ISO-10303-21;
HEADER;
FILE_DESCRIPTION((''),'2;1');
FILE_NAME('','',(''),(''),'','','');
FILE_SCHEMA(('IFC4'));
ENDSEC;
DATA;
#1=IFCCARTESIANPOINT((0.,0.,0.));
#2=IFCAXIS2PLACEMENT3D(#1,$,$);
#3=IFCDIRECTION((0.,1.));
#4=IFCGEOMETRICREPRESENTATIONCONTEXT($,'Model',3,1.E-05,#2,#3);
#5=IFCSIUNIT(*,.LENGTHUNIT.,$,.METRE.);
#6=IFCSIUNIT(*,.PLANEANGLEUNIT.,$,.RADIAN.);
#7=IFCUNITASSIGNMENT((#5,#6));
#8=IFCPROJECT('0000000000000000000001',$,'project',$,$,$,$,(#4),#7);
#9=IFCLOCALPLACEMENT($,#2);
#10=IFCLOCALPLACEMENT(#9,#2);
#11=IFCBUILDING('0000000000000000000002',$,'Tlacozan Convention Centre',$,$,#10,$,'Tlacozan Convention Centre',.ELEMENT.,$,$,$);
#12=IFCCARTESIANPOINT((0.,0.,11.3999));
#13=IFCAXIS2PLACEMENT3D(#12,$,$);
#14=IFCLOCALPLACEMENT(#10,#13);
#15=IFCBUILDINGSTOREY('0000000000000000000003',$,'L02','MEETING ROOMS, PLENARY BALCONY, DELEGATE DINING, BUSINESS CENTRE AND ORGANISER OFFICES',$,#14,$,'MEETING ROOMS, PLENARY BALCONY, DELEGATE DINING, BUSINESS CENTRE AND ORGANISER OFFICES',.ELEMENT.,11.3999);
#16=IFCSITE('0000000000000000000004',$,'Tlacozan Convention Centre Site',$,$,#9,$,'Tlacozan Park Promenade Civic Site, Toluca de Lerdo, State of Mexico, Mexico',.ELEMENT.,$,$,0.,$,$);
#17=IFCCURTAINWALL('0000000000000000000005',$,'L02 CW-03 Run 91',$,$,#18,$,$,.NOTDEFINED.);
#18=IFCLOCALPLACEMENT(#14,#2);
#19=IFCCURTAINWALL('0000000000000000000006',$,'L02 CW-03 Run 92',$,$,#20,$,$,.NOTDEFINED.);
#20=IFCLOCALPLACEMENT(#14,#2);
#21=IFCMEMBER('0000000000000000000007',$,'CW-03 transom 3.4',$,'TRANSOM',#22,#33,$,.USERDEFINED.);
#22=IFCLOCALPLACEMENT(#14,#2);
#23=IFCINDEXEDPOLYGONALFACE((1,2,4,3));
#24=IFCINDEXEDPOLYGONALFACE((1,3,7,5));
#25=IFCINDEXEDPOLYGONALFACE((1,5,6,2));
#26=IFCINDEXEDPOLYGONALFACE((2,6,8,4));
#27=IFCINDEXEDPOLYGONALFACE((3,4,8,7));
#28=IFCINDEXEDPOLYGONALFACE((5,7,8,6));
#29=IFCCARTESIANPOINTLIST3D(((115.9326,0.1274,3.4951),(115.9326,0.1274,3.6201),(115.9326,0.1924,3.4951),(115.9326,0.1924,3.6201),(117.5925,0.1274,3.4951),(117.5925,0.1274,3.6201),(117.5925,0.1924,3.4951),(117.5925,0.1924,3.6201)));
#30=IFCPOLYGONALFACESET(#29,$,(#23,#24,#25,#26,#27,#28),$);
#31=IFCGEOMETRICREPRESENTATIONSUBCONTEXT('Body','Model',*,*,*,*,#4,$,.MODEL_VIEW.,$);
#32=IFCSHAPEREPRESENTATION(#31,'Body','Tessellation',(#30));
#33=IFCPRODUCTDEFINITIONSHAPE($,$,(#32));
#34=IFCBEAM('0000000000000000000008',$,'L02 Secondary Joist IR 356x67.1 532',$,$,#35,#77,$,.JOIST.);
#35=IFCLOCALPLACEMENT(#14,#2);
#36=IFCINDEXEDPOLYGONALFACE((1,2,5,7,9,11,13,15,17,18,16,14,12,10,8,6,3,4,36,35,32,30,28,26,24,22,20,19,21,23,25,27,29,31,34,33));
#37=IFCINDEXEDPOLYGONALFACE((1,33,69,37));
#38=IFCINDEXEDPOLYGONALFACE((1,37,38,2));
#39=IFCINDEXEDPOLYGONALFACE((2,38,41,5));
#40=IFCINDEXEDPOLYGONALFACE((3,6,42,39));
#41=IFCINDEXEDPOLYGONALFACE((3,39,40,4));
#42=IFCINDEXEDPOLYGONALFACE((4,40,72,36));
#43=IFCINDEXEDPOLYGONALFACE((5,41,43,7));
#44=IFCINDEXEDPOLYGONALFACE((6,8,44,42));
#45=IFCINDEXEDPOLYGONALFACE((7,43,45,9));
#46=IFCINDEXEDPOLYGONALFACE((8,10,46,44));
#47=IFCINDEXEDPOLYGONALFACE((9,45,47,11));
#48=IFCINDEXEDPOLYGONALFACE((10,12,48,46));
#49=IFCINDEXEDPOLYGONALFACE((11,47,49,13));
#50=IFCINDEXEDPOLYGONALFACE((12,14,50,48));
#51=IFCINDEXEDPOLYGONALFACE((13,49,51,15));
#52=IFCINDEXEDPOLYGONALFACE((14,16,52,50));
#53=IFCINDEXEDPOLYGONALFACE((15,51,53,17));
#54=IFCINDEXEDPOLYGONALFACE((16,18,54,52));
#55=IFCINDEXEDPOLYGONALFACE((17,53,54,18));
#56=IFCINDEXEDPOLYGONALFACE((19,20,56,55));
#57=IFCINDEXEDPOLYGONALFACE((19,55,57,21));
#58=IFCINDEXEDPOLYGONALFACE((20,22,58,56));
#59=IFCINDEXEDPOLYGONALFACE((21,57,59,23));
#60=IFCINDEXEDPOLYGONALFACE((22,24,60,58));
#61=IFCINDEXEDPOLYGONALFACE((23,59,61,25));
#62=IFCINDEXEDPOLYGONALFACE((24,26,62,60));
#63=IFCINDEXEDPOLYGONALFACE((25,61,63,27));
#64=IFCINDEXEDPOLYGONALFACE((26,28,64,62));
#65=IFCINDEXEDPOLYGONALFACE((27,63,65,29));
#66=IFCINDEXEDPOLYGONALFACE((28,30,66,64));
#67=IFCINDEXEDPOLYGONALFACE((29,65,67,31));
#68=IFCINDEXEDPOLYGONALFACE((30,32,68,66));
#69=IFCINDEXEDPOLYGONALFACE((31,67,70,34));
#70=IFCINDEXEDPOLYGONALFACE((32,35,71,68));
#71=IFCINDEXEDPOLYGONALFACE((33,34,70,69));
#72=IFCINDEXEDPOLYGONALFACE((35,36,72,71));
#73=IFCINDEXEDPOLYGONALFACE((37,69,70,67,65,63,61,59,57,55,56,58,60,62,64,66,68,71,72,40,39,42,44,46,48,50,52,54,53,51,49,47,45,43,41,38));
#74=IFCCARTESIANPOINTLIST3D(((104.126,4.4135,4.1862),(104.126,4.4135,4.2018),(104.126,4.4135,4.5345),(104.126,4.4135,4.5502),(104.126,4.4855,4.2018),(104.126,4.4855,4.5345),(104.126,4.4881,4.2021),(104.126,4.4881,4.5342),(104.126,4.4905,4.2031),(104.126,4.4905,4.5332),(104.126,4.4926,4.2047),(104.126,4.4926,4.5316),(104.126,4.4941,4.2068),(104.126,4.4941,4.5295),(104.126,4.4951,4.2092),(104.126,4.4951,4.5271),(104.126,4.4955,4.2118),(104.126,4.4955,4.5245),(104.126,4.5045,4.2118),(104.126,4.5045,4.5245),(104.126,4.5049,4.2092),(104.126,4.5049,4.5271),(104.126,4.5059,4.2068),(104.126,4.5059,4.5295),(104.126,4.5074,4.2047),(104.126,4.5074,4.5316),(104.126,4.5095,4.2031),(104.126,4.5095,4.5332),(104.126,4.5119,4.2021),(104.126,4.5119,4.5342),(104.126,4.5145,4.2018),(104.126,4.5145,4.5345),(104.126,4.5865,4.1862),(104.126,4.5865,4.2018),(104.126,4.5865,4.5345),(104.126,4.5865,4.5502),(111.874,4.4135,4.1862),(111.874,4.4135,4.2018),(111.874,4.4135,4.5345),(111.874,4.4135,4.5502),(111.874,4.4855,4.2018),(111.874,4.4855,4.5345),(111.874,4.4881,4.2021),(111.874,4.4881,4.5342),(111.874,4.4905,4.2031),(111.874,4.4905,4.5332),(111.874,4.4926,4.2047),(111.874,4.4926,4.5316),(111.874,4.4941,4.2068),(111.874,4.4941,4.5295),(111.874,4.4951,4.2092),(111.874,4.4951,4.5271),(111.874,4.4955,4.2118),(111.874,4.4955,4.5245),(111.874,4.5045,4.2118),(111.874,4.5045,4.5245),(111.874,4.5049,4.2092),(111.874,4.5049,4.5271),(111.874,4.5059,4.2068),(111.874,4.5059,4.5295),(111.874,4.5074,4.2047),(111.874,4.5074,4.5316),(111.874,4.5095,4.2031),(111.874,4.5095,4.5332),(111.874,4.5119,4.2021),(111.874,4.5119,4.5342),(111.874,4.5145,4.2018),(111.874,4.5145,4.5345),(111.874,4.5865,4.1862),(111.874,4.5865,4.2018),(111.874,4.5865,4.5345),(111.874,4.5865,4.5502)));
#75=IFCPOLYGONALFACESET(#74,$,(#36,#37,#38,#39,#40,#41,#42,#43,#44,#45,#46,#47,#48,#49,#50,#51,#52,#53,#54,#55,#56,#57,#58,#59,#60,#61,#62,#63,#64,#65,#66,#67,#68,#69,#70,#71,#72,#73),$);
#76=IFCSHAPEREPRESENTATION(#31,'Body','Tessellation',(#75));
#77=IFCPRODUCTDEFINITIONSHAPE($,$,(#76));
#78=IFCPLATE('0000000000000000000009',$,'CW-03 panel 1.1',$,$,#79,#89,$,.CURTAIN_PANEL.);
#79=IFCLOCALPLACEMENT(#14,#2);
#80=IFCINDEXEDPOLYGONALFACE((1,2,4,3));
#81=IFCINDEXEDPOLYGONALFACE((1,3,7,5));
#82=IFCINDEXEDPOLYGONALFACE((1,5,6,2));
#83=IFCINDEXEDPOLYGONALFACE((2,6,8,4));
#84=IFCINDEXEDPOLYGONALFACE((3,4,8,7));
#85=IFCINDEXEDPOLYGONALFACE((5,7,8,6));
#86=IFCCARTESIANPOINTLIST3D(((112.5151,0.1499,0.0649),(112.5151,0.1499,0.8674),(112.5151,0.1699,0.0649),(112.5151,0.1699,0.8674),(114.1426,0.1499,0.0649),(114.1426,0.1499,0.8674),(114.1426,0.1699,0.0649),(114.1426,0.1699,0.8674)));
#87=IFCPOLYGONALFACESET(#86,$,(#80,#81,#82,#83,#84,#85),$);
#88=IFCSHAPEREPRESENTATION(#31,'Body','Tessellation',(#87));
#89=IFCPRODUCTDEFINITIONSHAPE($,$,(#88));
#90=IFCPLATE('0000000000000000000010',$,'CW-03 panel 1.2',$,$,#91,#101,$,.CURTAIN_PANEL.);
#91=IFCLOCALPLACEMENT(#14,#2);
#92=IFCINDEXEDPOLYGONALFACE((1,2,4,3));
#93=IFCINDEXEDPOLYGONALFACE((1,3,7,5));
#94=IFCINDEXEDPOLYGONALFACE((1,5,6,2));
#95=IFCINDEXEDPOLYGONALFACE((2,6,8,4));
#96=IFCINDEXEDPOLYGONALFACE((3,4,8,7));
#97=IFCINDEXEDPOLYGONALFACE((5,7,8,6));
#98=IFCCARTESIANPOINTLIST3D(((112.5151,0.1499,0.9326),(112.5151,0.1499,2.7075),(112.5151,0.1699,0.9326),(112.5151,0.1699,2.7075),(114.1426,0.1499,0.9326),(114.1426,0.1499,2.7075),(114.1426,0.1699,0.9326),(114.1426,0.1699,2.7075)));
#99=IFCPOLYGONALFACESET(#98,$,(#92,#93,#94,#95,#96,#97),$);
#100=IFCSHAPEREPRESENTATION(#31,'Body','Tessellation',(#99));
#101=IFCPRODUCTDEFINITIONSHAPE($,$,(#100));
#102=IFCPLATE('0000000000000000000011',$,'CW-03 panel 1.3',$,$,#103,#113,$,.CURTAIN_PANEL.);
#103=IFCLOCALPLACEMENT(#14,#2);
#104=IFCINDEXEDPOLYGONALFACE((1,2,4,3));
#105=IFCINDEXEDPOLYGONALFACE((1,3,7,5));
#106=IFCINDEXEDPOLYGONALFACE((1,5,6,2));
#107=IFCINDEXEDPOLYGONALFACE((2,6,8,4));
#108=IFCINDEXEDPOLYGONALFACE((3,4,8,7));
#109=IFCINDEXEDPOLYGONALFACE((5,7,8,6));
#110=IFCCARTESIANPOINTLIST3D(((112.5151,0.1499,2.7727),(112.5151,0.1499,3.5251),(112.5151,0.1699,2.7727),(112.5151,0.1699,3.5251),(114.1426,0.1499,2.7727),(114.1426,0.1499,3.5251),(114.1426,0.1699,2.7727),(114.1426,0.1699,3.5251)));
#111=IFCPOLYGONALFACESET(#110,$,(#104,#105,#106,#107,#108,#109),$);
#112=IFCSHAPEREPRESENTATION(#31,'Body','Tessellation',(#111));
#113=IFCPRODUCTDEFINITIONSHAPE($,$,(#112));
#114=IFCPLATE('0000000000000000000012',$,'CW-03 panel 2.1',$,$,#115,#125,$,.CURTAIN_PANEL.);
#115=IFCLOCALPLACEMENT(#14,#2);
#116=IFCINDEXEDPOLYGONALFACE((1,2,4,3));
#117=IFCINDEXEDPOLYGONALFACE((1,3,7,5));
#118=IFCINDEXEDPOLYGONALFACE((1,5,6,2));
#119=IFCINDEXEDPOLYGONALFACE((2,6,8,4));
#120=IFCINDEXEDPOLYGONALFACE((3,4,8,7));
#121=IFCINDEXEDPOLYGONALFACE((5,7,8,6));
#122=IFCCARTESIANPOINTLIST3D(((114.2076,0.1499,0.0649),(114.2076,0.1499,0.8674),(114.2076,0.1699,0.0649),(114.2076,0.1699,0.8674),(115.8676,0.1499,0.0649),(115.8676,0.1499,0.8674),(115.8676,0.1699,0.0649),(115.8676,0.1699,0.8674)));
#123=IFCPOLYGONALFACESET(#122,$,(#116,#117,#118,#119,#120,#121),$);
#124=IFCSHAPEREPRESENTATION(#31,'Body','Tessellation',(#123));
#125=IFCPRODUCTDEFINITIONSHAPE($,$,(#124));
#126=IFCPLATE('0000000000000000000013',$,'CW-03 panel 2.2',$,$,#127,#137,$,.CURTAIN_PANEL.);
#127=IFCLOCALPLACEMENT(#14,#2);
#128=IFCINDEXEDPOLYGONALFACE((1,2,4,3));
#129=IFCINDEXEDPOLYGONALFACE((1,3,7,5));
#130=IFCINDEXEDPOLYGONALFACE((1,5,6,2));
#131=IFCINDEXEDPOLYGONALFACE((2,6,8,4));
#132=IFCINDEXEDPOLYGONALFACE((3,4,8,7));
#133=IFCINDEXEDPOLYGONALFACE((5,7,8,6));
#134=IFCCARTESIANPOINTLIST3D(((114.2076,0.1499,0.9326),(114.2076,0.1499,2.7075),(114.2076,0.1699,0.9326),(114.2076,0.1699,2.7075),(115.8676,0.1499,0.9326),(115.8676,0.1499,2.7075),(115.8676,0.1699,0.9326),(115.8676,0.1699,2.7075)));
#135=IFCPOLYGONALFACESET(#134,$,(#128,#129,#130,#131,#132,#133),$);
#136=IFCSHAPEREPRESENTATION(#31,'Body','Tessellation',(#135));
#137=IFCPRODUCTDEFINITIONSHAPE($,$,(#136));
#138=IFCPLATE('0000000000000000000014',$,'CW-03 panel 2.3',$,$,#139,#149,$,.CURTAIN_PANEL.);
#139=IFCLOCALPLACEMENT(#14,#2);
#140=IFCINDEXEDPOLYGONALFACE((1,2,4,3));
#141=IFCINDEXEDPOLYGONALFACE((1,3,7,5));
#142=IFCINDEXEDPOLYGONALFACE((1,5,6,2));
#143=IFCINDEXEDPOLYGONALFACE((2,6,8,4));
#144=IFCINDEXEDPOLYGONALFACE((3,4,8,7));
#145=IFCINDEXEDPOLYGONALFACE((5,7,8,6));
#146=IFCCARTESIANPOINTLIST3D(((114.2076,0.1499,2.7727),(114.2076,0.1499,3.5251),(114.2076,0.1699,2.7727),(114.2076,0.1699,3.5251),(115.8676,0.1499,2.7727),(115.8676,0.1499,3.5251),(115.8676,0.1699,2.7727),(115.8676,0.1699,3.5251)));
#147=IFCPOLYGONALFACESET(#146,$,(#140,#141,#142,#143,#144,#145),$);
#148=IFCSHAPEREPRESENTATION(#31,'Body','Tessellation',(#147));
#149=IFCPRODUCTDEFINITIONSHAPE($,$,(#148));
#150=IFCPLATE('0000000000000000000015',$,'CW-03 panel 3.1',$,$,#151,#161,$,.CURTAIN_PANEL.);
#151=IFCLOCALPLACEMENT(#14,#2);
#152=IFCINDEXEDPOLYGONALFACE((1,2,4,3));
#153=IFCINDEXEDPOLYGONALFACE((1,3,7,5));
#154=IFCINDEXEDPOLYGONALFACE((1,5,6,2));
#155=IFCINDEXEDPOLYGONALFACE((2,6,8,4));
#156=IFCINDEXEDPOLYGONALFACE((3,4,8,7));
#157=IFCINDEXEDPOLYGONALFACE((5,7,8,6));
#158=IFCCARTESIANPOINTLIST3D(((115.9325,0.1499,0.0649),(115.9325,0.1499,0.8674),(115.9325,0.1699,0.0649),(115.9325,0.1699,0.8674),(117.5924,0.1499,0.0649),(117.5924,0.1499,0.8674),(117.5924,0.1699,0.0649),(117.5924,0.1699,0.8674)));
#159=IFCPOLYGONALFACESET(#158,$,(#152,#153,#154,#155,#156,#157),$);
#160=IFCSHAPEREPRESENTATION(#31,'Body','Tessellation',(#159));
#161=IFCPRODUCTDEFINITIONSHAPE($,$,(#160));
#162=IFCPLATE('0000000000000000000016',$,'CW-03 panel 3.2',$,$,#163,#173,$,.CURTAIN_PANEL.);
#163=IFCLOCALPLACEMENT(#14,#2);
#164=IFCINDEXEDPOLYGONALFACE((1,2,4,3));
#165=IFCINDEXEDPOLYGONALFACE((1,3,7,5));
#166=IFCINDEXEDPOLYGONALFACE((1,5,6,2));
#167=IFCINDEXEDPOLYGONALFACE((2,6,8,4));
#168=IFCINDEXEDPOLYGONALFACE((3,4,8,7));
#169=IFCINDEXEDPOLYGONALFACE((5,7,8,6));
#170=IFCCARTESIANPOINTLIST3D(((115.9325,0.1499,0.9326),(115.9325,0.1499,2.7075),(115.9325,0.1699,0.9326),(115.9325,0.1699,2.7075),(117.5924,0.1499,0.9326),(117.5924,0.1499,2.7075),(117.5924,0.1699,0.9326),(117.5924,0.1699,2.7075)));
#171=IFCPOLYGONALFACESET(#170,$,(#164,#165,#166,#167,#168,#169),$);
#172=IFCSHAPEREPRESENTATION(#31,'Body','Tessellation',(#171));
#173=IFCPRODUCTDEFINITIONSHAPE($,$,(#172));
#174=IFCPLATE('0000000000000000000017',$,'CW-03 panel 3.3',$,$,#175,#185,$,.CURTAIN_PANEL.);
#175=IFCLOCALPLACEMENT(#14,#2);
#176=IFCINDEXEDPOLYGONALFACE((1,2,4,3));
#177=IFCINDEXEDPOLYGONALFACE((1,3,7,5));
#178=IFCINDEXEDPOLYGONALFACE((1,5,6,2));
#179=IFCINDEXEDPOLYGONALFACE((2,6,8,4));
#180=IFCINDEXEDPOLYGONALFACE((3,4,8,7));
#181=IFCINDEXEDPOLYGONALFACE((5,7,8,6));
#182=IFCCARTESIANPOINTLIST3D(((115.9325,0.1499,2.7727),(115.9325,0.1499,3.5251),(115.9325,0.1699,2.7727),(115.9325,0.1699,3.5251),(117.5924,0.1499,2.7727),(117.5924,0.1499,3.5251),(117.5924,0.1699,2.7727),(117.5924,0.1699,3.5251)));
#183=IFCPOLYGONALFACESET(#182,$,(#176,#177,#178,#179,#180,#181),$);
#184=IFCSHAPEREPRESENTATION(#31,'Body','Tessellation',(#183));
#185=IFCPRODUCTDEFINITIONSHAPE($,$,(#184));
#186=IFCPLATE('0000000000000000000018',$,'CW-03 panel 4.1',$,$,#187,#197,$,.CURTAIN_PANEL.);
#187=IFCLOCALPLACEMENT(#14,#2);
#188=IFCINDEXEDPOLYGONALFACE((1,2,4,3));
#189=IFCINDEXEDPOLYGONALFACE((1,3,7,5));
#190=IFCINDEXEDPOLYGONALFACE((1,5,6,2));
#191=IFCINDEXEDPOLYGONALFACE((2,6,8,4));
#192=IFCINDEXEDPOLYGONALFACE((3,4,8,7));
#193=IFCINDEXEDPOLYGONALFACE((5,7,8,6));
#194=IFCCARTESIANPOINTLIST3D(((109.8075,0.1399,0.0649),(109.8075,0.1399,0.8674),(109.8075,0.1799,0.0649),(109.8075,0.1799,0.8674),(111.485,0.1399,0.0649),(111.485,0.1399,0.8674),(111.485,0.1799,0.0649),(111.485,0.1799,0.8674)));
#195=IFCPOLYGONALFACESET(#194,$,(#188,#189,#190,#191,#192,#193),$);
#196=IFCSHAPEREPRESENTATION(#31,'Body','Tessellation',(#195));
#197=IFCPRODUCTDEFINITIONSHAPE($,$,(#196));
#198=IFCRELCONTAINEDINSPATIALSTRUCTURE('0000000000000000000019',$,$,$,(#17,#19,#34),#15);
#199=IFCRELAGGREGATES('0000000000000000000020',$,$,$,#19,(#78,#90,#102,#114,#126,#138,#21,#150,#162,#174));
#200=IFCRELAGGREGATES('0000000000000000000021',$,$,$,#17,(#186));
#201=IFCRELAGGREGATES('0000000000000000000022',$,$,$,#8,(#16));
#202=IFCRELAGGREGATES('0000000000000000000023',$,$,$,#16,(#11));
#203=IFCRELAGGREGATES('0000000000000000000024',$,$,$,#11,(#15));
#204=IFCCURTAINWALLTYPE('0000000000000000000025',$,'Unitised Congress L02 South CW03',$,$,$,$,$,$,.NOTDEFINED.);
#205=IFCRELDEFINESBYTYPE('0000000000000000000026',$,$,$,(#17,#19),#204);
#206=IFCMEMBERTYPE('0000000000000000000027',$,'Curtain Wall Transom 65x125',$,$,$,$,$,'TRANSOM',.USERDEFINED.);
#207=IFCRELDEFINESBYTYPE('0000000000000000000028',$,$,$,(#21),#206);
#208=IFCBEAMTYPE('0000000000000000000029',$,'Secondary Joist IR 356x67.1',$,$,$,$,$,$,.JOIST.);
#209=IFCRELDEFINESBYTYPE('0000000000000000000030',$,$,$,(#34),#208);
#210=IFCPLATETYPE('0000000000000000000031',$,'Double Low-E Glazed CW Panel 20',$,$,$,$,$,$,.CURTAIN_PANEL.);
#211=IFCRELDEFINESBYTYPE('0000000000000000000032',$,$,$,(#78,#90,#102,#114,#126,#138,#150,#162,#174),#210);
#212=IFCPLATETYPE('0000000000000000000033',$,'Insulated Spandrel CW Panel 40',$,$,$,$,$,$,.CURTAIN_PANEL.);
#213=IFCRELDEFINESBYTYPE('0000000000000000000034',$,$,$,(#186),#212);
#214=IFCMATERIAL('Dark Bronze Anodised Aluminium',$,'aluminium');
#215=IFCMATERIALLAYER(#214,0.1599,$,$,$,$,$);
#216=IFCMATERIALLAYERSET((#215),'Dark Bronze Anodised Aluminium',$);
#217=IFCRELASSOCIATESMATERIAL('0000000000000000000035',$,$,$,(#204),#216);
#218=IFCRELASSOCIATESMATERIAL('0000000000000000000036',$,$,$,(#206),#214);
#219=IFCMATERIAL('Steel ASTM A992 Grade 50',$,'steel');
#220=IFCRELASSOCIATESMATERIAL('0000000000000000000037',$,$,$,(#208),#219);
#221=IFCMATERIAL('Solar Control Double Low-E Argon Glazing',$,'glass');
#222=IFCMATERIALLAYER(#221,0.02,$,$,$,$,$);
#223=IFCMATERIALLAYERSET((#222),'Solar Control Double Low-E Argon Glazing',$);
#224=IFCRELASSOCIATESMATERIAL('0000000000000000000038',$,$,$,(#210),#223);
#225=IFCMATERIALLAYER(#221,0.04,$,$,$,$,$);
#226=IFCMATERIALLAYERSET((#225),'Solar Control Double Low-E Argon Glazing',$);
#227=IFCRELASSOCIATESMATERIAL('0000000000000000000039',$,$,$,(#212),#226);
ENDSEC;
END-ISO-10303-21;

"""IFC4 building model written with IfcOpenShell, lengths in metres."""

from ifc_helpers import new_model, si_unit, direction, frame, origin, origin_2d, place, context, subcontext, project, spatial, rectangle, i_section, extrude, material, layer, layer_set, material_profile, profile_set, type_object, element, aggregate, save


model = new_model("IFC4")

# Units and contexts
model_context = context("Model", 3, precision=1e-05, world=origin(), true_north=direction((0.0, 1.0)))
body_context = subcontext(model_context, "Body", "Model", "MODEL_VIEW")
ifc_project = project(units=[si_unit("LENGTHUNIT", "METRE"), si_unit("PLANEANGLEUNIT", "RADIAN")], contexts=[model_context])

# Site, building, storey
site_placement = place(None, origin())
site = spatial("IfcSite", under=ifc_project, at=site_placement, Name="Tlacozan Convention Centre Site", LongName="Tlacozan Park Promenade Civic Site, Toluca de Lerdo, State of Mexico, Mexico", CompositionType="ELEMENT", RefElevation=0.0)
building_placement = place(site_placement, origin())
building = spatial("IfcBuilding", under=site, at=building_placement, Name="Tlacozan Convention Centre", LongName="Tlacozan Convention Centre", CompositionType="ELEMENT")
storey_placement = place(building_placement, frame((0.0, 0.0, 11.3999)))
storey = spatial("IfcBuildingStorey", under=building, at=storey_placement, Name="L02", Description="MEETING ROOMS, PLENARY BALCONY, DELEGATE DINING, BUSINESS CENTRE AND ORGANISER OFFICES", LongName="MEETING ROOMS, PLENARY BALCONY, DELEGATE DINING, BUSINESS CENTRE AND ORGANISER OFFICES", CompositionType="ELEMENT", Elevation=11.3999)

# Curtain wall
ifc_material_1 = material(Name="Dark Bronze Anodised Aluminium", Category="aluminium")
ifc_layer_1 = layer(ifc_material_1, 0.1599)
ifc_layer_set_1 = layer_set([ifc_layer_1], Name="Dark Bronze Anodised Aluminium")
curtain_wall_type = type_object("IfcCurtainWallType", Name="Unitised Congress L02 South CW03", PredefinedType="NOTDEFINED", material=ifc_layer_set_1)
curtain_wall_1_placement = place(storey_placement, origin())
curtain_wall_1 = element("IfcCurtainWall", 1, at=curtain_wall_1_placement, inside=storey, type_object=curtain_wall_type, Name="L02 CW-03 Run 91", PredefinedType="NOTDEFINED")

# Curtain wall, member
curtain_wall_2_placement = place(storey_placement, origin())
curtain_wall_2 = element("IfcCurtainWall", 2, at=curtain_wall_2_placement, inside=storey, type_object=curtain_wall_type, Name="L02 CW-03 Run 92", PredefinedType="NOTDEFINED")
ifc_material_profile_1 = material_profile(ifc_material_1, rectangle(XDim=0.0649, YDim=0.125, at=origin_2d()), Name="ALU 65x125")
ifc_profile_set_1 = profile_set([ifc_material_profile_1], Name="Dark Bronze Anodised Aluminium")
member_type_1 = type_object("IfcMemberType", Name="Curtain Wall Transom 65x125", ElementType="TRANSOM", PredefinedType="USERDEFINED", material=ifc_profile_set_1)
member_1_placement = place(storey_placement, frame((115.9326, 0.1599, 3.5576), z_axis=(1.0, 0.0, 0.0), x_axis=(0.0, 1.0, 0.0)))
member_1 = element("IfcMember", 3, at=member_1_placement, type_object=member_type_1, Name="CW-03 transom 3.4", ObjectType="TRANSOM", PredefinedType="USERDEFINED", context=body_context, shape_type="SweptSolid", body=[
    extrude(rectangle(XDim=0.0649, YDim=0.125, at=origin_2d()), origin(), (0.0, 0.0, 1.0), 1.6599),
])

# Beam
ifc_material_2 = material(Name="Steel ASTM A992 Grade 50", Category="steel")
ifc_material_profile_2 = material_profile(ifc_material_2, i_section(OverallWidth=0.1731, OverallDepth=0.364, WebThickness=0.009, FlangeThickness=0.0156, FilletRadius=0.01, at=origin_2d()), Name="IR 356x67.1")
ifc_profile_set_2 = profile_set([ifc_material_profile_2], Name="Steel ASTM A992 Grade 50")
beam_type = type_object("IfcBeamType", Name="Secondary Joist IR 356x67.1", PredefinedType="JOIST", material=ifc_profile_set_2)
beam_placement = place(storey_placement, frame((104.126, 4.5, 4.3682), z_axis=(1.0, 0.0, 0.0), x_axis=(0.0, 1.0, 0.0)))
element("IfcBeam", 4, at=beam_placement, inside=storey, type_object=beam_type, Name="L02 Secondary Joist IR 356x67.1 532", PredefinedType="JOIST", context=body_context, shape_type="SweptSolid", body=[
    extrude(i_section(OverallWidth=0.1731, OverallDepth=0.364, WebThickness=0.009, FlangeThickness=0.0156, FilletRadius=0.01, at=origin_2d()), origin(), (0.0, 0.0, 1.0), 7.748),
])

# Plates
ifc_material_3 = material(Name="Solar Control Double Low-E Argon Glazing", Category="glass")
ifc_layer_2 = layer(ifc_material_3, 0.02)
ifc_layer_set_2 = layer_set([ifc_layer_2], Name="Solar Control Double Low-E Argon Glazing")
plate_type_1 = type_object("IfcPlateType", Name="Double Low-E Glazed CW Panel 20", PredefinedType="CURTAIN_PANEL", material=ifc_layer_set_2)
plate_1_placement = place(storey_placement, frame((113.3289, 0.1599, 0.0649), z_axis=(0.0, 0.0, 1.0), x_axis=(1.0, 0.0, 0.0)))
plate_1 = element("IfcPlate", 5, at=plate_1_placement, type_object=plate_type_1, Name="CW-03 panel 1.1", PredefinedType="CURTAIN_PANEL", context=body_context, shape_type="SweptSolid", body=[
    extrude(rectangle(XDim=1.6274, YDim=0.02, at=origin_2d()), origin(), (0.0, 0.0, 1.0), 0.8025),
])
plate_2_placement = place(storey_placement, frame((113.3289, 0.1599, 0.9326), z_axis=(0.0, 0.0, 1.0), x_axis=(1.0, 0.0, 0.0)))
plate_2 = element("IfcPlate", 6, at=plate_2_placement, type_object=plate_type_1, Name="CW-03 panel 1.2", PredefinedType="CURTAIN_PANEL", context=body_context, shape_type="SweptSolid", body=[
    extrude(rectangle(XDim=1.6274, YDim=0.02, at=origin_2d()), origin(), (0.0, 0.0, 1.0), 1.7749),
])
plate_3_placement = place(storey_placement, frame((113.3289, 0.1599, 2.7727), z_axis=(0.0, 0.0, 1.0), x_axis=(1.0, 0.0, 0.0)))
plate_3 = element("IfcPlate", 7, at=plate_3_placement, type_object=plate_type_1, Name="CW-03 panel 1.3", PredefinedType="CURTAIN_PANEL", context=body_context, shape_type="SweptSolid", body=[
    extrude(rectangle(XDim=1.6274, YDim=0.02, at=origin_2d()), origin(), (0.0, 0.0, 1.0), 0.7524),
])
plate_4_placement = place(storey_placement, frame((115.0376, 0.1599, 0.0649), z_axis=(0.0, 0.0, 1.0), x_axis=(1.0, 0.0, 0.0)))
plate_4 = element("IfcPlate", 8, at=plate_4_placement, type_object=plate_type_1, Name="CW-03 panel 2.1", PredefinedType="CURTAIN_PANEL", context=body_context, shape_type="SweptSolid", body=[
    extrude(rectangle(XDim=1.6599, YDim=0.02, at=origin_2d()), origin(), (0.0, 0.0, 1.0), 0.8025),
])
plate_5_placement = place(storey_placement, frame((115.0376, 0.1599, 0.9326), z_axis=(0.0, 0.0, 1.0), x_axis=(1.0, 0.0, 0.0)))
plate_5 = element("IfcPlate", 9, at=plate_5_placement, type_object=plate_type_1, Name="CW-03 panel 2.2", PredefinedType="CURTAIN_PANEL", context=body_context, shape_type="SweptSolid", body=[
    extrude(rectangle(XDim=1.6599, YDim=0.02, at=origin_2d()), origin(), (0.0, 0.0, 1.0), 1.7749),
])
plate_6_placement = place(storey_placement, frame((115.0376, 0.1599, 2.7727), z_axis=(0.0, 0.0, 1.0), x_axis=(1.0, 0.0, 0.0)))
plate_6 = element("IfcPlate", 10, at=plate_6_placement, type_object=plate_type_1, Name="CW-03 panel 2.3", PredefinedType="CURTAIN_PANEL", context=body_context, shape_type="SweptSolid", body=[
    extrude(rectangle(XDim=1.6599, YDim=0.02, at=origin_2d()), origin(), (0.0, 0.0, 1.0), 0.7524),
])
plate_7_placement = place(storey_placement, frame((116.7625, 0.1599, 0.0649), z_axis=(0.0, 0.0, 1.0), x_axis=(1.0, 0.0, 0.0)))
plate_7 = element("IfcPlate", 11, at=plate_7_placement, type_object=plate_type_1, Name="CW-03 panel 3.1", PredefinedType="CURTAIN_PANEL", context=body_context, shape_type="SweptSolid", body=[
    extrude(rectangle(XDim=1.6599, YDim=0.02, at=origin_2d()), origin(), (0.0, 0.0, 1.0), 0.8025),
])
plate_8_placement = place(storey_placement, frame((116.7625, 0.1599, 0.9326), z_axis=(0.0, 0.0, 1.0), x_axis=(1.0, 0.0, 0.0)))
plate_8 = element("IfcPlate", 12, at=plate_8_placement, type_object=plate_type_1, Name="CW-03 panel 3.2", PredefinedType="CURTAIN_PANEL", context=body_context, shape_type="SweptSolid", body=[
    extrude(rectangle(XDim=1.6599, YDim=0.02, at=origin_2d()), origin(), (0.0, 0.0, 1.0), 1.7749),
])
plate_9_placement = place(storey_placement, frame((116.7625, 0.1599, 2.7727), z_axis=(0.0, 0.0, 1.0), x_axis=(1.0, 0.0, 0.0)))
plate_9 = element("IfcPlate", 13, at=plate_9_placement, type_object=plate_type_1, Name="CW-03 panel 3.3", PredefinedType="CURTAIN_PANEL", context=body_context, shape_type="SweptSolid", body=[
    extrude(rectangle(XDim=1.6599, YDim=0.02, at=origin_2d()), origin(), (0.0, 0.0, 1.0), 0.7524),
])
aggregate(curtain_wall_2, [plate_1, plate_2, plate_3, plate_4, plate_5, plate_6, member_1, plate_7, plate_8, plate_9])
ifc_layer_3 = layer(ifc_material_3, 0.04)
ifc_layer_set_3 = layer_set([ifc_layer_3], Name="Solar Control Double Low-E Argon Glazing")
plate_type_2 = type_object("IfcPlateType", Name="Insulated Spandrel CW Panel 40", PredefinedType="CURTAIN_PANEL", material=ifc_layer_set_3)
plate_10_placement = place(storey_placement, frame((110.6462, 0.1599, 0.0649), z_axis=(0.0, 0.0, 1.0), x_axis=(1.0, 0.0, 0.0)))
plate_10 = element("IfcPlate", 14, at=plate_10_placement, type_object=plate_type_2, Name="CW-03 panel 4.1", PredefinedType="CURTAIN_PANEL", context=body_context, shape_type="SweptSolid", body=[
    extrude(rectangle(XDim=1.6775, YDim=0.04, at=origin_2d()), origin(), (0.0, 0.0, 1.0), 0.8025),
])
aggregate(curtain_wall_1, [plate_10])

save(model, "model.ifc")
